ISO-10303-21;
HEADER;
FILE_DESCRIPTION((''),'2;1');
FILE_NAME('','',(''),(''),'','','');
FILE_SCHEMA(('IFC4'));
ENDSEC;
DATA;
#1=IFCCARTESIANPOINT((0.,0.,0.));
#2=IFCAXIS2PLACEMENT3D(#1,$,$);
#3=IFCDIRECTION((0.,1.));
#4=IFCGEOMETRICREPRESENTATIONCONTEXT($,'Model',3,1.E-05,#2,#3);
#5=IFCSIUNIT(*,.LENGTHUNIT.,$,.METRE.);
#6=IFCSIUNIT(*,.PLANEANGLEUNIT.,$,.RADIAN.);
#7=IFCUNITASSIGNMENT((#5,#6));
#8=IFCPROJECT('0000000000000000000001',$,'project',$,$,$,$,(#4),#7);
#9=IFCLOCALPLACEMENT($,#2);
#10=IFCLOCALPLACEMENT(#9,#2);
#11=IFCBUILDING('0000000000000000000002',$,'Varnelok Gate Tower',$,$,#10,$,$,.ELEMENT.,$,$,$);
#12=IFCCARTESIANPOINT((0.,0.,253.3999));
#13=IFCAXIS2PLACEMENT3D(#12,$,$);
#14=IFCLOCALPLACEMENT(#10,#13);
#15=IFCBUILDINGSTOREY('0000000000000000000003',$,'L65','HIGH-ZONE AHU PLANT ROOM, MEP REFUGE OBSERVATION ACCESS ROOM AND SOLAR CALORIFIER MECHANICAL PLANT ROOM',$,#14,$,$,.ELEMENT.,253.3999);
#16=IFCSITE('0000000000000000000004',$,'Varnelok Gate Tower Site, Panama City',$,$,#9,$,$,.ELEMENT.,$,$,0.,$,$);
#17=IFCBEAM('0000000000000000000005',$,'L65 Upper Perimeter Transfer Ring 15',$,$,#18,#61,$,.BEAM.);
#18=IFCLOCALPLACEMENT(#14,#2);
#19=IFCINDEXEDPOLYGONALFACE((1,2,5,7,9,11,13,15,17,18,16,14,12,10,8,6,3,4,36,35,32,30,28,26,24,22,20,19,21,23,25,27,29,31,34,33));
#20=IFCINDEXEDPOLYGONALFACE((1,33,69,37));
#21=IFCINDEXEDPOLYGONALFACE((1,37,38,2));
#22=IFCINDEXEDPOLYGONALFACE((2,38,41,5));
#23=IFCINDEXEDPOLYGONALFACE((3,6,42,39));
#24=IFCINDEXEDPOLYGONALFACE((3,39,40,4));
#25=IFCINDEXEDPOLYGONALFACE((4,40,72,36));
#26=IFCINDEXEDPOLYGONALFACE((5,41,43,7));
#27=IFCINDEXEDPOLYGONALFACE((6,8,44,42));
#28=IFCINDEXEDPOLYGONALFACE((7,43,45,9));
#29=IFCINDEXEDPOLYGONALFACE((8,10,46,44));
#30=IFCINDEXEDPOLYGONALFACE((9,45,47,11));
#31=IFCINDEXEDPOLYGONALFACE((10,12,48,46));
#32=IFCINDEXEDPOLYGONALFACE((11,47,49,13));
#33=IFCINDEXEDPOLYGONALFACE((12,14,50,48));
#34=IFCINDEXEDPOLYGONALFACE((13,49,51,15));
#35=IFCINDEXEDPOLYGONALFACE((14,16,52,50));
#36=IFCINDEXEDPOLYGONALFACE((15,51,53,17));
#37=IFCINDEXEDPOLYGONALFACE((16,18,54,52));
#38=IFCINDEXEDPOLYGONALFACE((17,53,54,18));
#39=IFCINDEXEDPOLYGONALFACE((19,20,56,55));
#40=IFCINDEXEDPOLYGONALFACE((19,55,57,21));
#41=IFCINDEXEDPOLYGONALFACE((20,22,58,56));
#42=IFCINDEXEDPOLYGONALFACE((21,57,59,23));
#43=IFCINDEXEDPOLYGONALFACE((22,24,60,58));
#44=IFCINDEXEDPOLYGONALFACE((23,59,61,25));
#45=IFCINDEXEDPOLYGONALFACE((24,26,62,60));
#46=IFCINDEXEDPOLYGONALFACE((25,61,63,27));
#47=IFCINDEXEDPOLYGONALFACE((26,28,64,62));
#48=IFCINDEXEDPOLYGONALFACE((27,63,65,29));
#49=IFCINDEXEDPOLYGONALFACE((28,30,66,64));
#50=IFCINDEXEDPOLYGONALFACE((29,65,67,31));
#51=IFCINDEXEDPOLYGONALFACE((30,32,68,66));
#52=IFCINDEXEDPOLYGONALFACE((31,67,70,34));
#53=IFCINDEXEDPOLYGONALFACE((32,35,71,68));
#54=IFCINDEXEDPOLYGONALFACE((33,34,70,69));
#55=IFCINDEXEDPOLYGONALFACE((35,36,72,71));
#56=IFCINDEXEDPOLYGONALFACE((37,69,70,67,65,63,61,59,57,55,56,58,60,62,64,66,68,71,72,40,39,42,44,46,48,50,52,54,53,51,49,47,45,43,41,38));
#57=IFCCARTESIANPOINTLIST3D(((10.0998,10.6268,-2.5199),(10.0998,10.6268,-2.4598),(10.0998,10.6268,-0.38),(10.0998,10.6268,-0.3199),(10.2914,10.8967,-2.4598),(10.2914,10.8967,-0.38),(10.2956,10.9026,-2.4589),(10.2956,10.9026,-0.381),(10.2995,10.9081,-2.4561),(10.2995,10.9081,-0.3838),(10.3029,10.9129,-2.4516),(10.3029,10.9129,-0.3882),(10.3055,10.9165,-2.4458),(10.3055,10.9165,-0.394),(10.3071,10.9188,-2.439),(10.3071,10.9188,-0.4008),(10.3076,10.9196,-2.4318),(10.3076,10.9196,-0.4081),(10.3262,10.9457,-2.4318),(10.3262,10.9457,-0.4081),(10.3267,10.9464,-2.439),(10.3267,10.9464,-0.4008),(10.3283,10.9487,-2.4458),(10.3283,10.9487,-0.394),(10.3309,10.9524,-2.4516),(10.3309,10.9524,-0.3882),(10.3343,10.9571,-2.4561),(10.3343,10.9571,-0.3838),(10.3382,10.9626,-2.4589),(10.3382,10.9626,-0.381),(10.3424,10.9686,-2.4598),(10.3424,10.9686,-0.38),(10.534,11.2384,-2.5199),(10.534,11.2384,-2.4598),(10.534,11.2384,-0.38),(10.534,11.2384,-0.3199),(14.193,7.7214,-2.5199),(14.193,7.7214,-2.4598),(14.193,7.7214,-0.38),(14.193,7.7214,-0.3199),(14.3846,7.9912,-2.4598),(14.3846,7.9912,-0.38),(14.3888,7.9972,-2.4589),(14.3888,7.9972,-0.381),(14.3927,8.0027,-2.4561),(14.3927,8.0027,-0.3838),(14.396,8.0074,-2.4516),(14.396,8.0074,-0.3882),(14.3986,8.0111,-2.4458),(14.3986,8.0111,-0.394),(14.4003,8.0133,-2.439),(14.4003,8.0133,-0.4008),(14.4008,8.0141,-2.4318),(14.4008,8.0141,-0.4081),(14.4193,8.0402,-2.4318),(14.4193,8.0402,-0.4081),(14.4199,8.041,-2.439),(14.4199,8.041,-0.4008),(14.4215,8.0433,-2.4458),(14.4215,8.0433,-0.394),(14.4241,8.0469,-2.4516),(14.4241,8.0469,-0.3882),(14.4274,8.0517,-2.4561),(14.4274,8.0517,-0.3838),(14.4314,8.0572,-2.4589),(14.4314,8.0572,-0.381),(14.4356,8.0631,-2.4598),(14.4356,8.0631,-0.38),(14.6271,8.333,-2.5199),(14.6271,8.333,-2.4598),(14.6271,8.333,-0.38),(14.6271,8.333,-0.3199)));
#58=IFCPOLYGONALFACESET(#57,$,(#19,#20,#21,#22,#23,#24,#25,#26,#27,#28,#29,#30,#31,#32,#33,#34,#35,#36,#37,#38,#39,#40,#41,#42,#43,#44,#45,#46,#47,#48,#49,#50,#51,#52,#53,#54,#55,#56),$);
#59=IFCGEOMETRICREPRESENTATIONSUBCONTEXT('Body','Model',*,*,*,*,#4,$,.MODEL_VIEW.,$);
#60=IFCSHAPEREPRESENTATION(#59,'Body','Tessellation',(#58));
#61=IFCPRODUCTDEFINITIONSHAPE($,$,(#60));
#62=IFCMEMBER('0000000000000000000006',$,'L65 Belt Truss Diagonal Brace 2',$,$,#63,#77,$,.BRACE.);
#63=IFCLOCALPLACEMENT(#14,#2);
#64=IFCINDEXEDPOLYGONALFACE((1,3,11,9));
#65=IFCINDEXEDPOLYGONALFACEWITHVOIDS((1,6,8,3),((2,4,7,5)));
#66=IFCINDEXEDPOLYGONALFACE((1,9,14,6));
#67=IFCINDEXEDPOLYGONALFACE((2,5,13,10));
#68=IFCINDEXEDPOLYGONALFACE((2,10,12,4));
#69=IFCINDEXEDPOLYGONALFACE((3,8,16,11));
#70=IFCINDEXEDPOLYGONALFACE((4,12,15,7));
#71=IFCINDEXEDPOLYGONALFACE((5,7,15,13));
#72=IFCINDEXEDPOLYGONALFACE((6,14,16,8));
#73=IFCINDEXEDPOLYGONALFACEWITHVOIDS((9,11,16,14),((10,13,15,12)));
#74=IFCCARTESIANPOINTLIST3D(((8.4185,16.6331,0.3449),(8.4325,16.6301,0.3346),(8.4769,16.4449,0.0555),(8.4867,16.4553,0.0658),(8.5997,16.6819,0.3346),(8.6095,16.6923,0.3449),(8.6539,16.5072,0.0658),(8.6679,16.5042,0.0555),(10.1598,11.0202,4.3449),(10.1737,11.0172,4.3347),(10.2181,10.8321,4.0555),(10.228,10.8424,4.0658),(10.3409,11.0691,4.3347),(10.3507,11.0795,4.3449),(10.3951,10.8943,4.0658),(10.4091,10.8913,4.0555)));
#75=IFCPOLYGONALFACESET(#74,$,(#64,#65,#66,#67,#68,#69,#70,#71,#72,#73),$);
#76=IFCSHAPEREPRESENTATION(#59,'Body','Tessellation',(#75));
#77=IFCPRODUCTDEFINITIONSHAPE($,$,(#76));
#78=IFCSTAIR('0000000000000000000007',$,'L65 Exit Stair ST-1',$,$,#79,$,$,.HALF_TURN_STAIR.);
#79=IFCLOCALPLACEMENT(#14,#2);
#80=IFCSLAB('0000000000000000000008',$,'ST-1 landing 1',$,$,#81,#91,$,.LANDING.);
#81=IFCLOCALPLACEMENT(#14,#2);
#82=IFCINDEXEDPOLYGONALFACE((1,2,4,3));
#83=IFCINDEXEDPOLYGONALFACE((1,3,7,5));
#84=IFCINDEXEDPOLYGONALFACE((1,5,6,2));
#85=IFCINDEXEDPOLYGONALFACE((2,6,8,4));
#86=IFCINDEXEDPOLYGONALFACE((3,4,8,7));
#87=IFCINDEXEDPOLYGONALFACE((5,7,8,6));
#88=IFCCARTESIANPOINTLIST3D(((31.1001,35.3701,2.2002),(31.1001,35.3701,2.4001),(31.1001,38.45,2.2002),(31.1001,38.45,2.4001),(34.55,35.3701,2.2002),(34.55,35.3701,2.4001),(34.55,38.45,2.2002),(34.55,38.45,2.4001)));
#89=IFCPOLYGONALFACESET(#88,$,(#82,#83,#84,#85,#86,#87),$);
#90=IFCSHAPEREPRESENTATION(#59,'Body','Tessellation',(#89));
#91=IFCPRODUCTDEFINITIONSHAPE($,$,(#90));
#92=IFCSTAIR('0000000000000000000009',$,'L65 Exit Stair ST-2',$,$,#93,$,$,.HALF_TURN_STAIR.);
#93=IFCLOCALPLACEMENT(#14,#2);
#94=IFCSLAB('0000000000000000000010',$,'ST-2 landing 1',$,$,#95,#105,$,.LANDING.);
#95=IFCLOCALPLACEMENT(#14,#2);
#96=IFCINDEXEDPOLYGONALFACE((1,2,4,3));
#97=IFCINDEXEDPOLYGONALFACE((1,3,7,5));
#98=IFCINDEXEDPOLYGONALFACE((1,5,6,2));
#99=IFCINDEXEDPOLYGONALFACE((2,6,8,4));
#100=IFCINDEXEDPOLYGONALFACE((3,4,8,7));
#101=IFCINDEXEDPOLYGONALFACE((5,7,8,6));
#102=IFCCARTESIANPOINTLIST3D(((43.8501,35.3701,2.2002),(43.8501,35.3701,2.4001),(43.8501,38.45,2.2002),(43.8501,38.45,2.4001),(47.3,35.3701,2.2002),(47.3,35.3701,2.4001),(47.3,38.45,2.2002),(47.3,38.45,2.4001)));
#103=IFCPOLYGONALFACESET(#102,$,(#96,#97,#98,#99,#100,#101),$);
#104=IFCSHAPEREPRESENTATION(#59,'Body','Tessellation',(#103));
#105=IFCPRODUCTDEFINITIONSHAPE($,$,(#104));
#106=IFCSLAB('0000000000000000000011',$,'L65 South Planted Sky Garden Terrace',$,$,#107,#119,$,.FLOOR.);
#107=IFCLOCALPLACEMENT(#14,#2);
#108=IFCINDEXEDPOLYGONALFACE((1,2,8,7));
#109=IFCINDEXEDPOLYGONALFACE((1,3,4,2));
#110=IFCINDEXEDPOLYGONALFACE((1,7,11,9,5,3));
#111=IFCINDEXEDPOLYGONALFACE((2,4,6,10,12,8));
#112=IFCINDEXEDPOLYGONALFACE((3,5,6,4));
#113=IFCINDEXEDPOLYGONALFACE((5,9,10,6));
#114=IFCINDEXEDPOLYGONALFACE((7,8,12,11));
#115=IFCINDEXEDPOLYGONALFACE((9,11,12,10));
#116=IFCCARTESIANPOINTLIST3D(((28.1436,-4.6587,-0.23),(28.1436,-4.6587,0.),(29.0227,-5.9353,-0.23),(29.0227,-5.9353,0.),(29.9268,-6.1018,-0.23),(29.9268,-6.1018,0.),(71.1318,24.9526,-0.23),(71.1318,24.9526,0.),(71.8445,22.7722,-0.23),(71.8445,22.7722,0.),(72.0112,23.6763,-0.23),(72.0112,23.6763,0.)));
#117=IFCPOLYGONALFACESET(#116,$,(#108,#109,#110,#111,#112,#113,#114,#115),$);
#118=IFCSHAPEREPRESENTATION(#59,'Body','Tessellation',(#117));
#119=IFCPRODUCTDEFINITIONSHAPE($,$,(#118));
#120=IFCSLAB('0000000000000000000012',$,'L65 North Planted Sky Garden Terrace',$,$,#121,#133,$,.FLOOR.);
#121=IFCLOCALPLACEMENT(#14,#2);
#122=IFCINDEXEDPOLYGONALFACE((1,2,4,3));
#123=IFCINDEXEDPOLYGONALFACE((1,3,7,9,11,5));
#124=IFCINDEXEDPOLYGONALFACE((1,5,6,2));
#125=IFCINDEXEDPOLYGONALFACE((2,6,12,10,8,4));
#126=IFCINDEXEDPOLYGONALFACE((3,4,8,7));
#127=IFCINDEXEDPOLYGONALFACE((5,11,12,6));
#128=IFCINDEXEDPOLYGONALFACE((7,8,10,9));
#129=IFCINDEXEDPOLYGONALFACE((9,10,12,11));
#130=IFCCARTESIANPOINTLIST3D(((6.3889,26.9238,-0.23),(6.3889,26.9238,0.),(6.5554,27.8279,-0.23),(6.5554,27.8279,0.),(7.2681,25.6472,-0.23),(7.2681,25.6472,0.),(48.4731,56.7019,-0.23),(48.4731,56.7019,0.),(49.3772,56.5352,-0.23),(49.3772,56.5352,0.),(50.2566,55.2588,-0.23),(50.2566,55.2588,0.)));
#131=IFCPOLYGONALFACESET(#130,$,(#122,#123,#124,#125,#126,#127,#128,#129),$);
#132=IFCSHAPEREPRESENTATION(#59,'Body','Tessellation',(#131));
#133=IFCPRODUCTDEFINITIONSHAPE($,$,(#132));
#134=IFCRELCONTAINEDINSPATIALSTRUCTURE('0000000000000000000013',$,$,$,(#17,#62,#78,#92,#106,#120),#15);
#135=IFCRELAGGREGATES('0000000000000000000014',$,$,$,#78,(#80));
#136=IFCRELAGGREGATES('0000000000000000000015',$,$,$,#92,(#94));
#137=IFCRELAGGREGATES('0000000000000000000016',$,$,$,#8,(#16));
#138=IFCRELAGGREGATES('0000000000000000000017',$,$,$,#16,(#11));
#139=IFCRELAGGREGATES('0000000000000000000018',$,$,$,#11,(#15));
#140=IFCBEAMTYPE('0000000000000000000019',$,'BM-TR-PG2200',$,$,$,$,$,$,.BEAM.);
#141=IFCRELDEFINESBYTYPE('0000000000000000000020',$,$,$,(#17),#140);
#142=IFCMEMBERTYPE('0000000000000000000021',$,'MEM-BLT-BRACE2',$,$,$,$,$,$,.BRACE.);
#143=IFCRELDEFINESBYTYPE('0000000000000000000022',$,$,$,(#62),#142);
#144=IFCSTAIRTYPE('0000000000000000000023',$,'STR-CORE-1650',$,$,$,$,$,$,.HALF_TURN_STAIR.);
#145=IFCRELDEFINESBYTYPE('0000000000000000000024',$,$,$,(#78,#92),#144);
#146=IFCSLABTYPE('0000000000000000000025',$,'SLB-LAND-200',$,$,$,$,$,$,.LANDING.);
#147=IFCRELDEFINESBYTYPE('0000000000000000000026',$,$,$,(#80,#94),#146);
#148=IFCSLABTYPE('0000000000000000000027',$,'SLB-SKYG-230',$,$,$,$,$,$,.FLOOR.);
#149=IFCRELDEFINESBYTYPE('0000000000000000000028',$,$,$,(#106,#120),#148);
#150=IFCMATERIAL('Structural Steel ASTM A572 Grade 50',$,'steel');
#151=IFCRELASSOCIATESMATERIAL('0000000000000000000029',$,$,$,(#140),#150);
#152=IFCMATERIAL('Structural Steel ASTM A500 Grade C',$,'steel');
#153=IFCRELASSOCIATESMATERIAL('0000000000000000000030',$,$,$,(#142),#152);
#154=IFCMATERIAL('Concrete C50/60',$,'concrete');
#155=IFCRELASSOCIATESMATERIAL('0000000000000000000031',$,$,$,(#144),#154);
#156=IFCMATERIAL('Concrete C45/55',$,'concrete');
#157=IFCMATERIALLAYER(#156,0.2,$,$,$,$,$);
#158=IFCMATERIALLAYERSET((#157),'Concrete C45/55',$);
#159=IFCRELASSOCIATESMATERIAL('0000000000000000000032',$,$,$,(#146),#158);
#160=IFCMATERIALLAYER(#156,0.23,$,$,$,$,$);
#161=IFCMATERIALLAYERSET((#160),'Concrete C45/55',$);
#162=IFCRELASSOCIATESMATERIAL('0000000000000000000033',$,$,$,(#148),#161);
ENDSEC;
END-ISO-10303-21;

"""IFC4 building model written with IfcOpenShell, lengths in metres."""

from ifc_helpers import new_model, si_unit, direction, frame, origin, origin_2d, place, context, subcontext, project, spatial, polyline, hollow_rectangle, i_section, outline, extrude, material, layer, layer_set, material_profile, profile_set, type_object, element, aggregate, save


model = new_model("IFC4")

# Units and contexts
model_context = context("Model", 3, precision=1e-05, world=origin(), true_north=direction((0.0, 1.0)))
body_context = subcontext(model_context, "Body", "Model", "MODEL_VIEW")
ifc_project = project(units=[si_unit("LENGTHUNIT", "METRE"), si_unit("PLANEANGLEUNIT", "RADIAN")], contexts=[model_context])

# Site, building, storey
site_placement = place(None, origin())
site = spatial("IfcSite", under=ifc_project, at=site_placement, Name="Varnelok Gate Tower Site, Panama City", CompositionType="ELEMENT", RefElevation=0.0)
building_placement = place(site_placement, origin())
building = spatial("IfcBuilding", under=site, at=building_placement, Name="Varnelok Gate Tower", CompositionType="ELEMENT")
storey_placement = place(building_placement, frame((0.0, 0.0, 253.3999)))
storey = spatial("IfcBuildingStorey", under=building, at=storey_placement, Name="L65", Description="HIGH-ZONE AHU PLANT ROOM, MEP REFUGE OBSERVATION ACCESS ROOM AND SOLAR CALORIFIER MECHANICAL PLANT ROOM", CompositionType="ELEMENT", Elevation=253.3999)

# Beam
ifc_material_1 = material(Name="Structural Steel ASTM A572 Grade 50", Category="steel")
ifc_material_profile_1 = material_profile(ifc_material_1, i_section(OverallWidth=0.75, OverallDepth=2.2, WebThickness=0.032, FlangeThickness=0.0601, FilletRadius=0.0281, at=origin_2d()), Name="PG2200X750")
ifc_profile_set_1 = profile_set([ifc_material_profile_1], Name="Structural Steel ASTM A572 Grade 50")
beam_type = type_object("IfcBeamType", Name="BM-TR-PG2200", PredefinedType="BEAM", material=ifc_profile_set_1)
beam_1_placement = place(storey_placement, frame((10.3169, 10.9326, -1.4199), z_axis=(0.815449, -0.578829, 0.0), x_axis=(0.578829, 0.815449, 0.0)))
element("IfcBeam", 1, at=beam_1_placement, inside=storey, type_object=beam_type, Name="L65 Upper Perimeter Transfer Ring 15", PredefinedType="BEAM", context=body_context, shape_type="SweptSolid", body=[
    extrude(i_section(OverallWidth=0.75, OverallDepth=2.2, WebThickness=0.032, FlangeThickness=0.0601, FilletRadius=0.0281, at=origin_2d()), origin(), (0.0, 0.0, 1.0), 5.0195),
])

# Member
ifc_material_2 = material(Name="Structural Steel ASTM A500 Grade C", Category="steel")
ifc_material_profile_2 = material_profile(ifc_material_2, hollow_rectangle(XDim=0.2, YDim=0.3501, WallThickness=0.0125, at=origin_2d()), Name="HSS350X200X12")
ifc_profile_set_2 = profile_set([ifc_material_profile_2], Name="Structural Steel ASTM A500 Grade C")
member_type = type_object("IfcMemberType", Name="MEM-BLT-BRACE2", PredefinedType="BRACE", material=ifc_profile_set_2)
member_placement = place(storey_placement, frame((8.5432, 16.5686, 0.2002), z_axis=(0.244937, -0.789554, 0.562682), x_axis=(0.955097, 0.296292, 0.0)))
element("IfcMember", 2, at=member_placement, inside=storey, type_object=member_type, Name="L65 Belt Truss Diagonal Brace 2", PredefinedType="BRACE", context=body_context, shape_type="SweptSolid", body=[
    extrude(hollow_rectangle(XDim=0.2, YDim=0.3501, WallThickness=0.0125, at=origin_2d()), origin(), (0.0, 0.0, 1.0), 7.1089),
])

# Stairs, slabs
ifc_material_3 = material(Name="Concrete C50/60", Category="concrete")
stair_type = type_object("IfcStairType", Name="STR-CORE-1650", PredefinedType="HALF_TURN_STAIR", material=ifc_material_3)
stair_1_placement = place(storey_placement, origin())
stair_1 = element("IfcStair", 3, at=stair_1_placement, inside=storey, type_object=stair_type, Name="L65 Exit Stair ST-1", PredefinedType="HALF_TURN_STAIR")
ifc_material_4 = material(Name="Concrete C45/55", Category="concrete")
ifc_layer_1 = layer(ifc_material_4, 0.2)
ifc_layer_set_1 = layer_set([ifc_layer_1], Name="Concrete C45/55")
slab_type_1 = type_object("IfcSlabType", Name="SLB-LAND-200", PredefinedType="LANDING", material=ifc_layer_set_1)
slab_1_placement = place(storey_placement, frame((0.0, 0.0, 2.2002)))
slab_1 = element("IfcSlab", 4, at=slab_1_placement, type_object=slab_type_1, Name="ST-1 landing 1", PredefinedType="LANDING", context=body_context, shape_type="SweptSolid", body=[
    extrude(outline(polyline([(34.55, 35.3701), (34.55, 38.45), (31.1001, 38.45), (31.1001, 35.3701), (34.55, 35.3701)])), origin(), (0.0, 0.0, 1.0), 0.2),
])
aggregate(stair_1, [slab_1])
stair_2_placement = place(storey_placement, origin())
stair_2 = element("IfcStair", 5, at=stair_2_placement, inside=storey, type_object=stair_type, Name="L65 Exit Stair ST-2", PredefinedType="HALF_TURN_STAIR")
slab_2_placement = place(storey_placement, frame((0.0, 0.0, 2.2002)))
slab_2 = element("IfcSlab", 6, at=slab_2_placement, type_object=slab_type_1, Name="ST-2 landing 1", PredefinedType="LANDING", context=body_context, shape_type="SweptSolid", body=[
    extrude(outline(polyline([(47.3, 35.3701), (47.3, 38.45), (43.8501, 38.45), (43.8501, 35.3701), (47.3, 35.3701)])), origin(), (0.0, 0.0, 1.0), 0.2),
])
aggregate(stair_2, [slab_2])

# Slabs
ifc_layer_2 = layer(ifc_material_4, 0.23)
ifc_layer_set_2 = layer_set([ifc_layer_2], Name="Concrete C45/55")
slab_type_2 = type_object("IfcSlabType", Name="SLB-SKYG-230", PredefinedType="FLOOR", material=ifc_layer_set_2)
slab_3_placement = place(storey_placement, frame((0.0, 0.0, -0.23)))
element("IfcSlab", 7, at=slab_3_placement, inside=storey, type_object=slab_type_2, Name="L65 South Planted Sky Garden Terrace", PredefinedType="FLOOR", context=body_context, shape_type="SweptSolid", body=[
    extrude(outline(polyline([(29.0227, -5.9353), (29.9268, -6.1018), (71.8445, 22.7722), (72.0112, 23.6763), (71.1318, 24.9526), (28.1436, -4.6587), (29.0227, -5.9353)])), origin(), (0.0, 0.0, 1.0), 0.23),
])
slab_4_placement = place(storey_placement, frame((0.0, 0.0, -0.23)))
element("IfcSlab", 8, at=slab_4_placement, inside=storey, type_object=slab_type_2, Name="L65 North Planted Sky Garden Terrace", PredefinedType="FLOOR", context=body_context, shape_type="SweptSolid", body=[
    extrude(outline(polyline([(7.2681, 25.6472), (50.2566, 55.2588), (49.3772, 56.5352), (48.4731, 56.7019), (6.5554, 27.8279), (6.3889, 26.9238), (7.2681, 25.6472)])), origin(), (0.0, 0.0, 1.0), 0.23),
])

save(model, "model.ifc")
